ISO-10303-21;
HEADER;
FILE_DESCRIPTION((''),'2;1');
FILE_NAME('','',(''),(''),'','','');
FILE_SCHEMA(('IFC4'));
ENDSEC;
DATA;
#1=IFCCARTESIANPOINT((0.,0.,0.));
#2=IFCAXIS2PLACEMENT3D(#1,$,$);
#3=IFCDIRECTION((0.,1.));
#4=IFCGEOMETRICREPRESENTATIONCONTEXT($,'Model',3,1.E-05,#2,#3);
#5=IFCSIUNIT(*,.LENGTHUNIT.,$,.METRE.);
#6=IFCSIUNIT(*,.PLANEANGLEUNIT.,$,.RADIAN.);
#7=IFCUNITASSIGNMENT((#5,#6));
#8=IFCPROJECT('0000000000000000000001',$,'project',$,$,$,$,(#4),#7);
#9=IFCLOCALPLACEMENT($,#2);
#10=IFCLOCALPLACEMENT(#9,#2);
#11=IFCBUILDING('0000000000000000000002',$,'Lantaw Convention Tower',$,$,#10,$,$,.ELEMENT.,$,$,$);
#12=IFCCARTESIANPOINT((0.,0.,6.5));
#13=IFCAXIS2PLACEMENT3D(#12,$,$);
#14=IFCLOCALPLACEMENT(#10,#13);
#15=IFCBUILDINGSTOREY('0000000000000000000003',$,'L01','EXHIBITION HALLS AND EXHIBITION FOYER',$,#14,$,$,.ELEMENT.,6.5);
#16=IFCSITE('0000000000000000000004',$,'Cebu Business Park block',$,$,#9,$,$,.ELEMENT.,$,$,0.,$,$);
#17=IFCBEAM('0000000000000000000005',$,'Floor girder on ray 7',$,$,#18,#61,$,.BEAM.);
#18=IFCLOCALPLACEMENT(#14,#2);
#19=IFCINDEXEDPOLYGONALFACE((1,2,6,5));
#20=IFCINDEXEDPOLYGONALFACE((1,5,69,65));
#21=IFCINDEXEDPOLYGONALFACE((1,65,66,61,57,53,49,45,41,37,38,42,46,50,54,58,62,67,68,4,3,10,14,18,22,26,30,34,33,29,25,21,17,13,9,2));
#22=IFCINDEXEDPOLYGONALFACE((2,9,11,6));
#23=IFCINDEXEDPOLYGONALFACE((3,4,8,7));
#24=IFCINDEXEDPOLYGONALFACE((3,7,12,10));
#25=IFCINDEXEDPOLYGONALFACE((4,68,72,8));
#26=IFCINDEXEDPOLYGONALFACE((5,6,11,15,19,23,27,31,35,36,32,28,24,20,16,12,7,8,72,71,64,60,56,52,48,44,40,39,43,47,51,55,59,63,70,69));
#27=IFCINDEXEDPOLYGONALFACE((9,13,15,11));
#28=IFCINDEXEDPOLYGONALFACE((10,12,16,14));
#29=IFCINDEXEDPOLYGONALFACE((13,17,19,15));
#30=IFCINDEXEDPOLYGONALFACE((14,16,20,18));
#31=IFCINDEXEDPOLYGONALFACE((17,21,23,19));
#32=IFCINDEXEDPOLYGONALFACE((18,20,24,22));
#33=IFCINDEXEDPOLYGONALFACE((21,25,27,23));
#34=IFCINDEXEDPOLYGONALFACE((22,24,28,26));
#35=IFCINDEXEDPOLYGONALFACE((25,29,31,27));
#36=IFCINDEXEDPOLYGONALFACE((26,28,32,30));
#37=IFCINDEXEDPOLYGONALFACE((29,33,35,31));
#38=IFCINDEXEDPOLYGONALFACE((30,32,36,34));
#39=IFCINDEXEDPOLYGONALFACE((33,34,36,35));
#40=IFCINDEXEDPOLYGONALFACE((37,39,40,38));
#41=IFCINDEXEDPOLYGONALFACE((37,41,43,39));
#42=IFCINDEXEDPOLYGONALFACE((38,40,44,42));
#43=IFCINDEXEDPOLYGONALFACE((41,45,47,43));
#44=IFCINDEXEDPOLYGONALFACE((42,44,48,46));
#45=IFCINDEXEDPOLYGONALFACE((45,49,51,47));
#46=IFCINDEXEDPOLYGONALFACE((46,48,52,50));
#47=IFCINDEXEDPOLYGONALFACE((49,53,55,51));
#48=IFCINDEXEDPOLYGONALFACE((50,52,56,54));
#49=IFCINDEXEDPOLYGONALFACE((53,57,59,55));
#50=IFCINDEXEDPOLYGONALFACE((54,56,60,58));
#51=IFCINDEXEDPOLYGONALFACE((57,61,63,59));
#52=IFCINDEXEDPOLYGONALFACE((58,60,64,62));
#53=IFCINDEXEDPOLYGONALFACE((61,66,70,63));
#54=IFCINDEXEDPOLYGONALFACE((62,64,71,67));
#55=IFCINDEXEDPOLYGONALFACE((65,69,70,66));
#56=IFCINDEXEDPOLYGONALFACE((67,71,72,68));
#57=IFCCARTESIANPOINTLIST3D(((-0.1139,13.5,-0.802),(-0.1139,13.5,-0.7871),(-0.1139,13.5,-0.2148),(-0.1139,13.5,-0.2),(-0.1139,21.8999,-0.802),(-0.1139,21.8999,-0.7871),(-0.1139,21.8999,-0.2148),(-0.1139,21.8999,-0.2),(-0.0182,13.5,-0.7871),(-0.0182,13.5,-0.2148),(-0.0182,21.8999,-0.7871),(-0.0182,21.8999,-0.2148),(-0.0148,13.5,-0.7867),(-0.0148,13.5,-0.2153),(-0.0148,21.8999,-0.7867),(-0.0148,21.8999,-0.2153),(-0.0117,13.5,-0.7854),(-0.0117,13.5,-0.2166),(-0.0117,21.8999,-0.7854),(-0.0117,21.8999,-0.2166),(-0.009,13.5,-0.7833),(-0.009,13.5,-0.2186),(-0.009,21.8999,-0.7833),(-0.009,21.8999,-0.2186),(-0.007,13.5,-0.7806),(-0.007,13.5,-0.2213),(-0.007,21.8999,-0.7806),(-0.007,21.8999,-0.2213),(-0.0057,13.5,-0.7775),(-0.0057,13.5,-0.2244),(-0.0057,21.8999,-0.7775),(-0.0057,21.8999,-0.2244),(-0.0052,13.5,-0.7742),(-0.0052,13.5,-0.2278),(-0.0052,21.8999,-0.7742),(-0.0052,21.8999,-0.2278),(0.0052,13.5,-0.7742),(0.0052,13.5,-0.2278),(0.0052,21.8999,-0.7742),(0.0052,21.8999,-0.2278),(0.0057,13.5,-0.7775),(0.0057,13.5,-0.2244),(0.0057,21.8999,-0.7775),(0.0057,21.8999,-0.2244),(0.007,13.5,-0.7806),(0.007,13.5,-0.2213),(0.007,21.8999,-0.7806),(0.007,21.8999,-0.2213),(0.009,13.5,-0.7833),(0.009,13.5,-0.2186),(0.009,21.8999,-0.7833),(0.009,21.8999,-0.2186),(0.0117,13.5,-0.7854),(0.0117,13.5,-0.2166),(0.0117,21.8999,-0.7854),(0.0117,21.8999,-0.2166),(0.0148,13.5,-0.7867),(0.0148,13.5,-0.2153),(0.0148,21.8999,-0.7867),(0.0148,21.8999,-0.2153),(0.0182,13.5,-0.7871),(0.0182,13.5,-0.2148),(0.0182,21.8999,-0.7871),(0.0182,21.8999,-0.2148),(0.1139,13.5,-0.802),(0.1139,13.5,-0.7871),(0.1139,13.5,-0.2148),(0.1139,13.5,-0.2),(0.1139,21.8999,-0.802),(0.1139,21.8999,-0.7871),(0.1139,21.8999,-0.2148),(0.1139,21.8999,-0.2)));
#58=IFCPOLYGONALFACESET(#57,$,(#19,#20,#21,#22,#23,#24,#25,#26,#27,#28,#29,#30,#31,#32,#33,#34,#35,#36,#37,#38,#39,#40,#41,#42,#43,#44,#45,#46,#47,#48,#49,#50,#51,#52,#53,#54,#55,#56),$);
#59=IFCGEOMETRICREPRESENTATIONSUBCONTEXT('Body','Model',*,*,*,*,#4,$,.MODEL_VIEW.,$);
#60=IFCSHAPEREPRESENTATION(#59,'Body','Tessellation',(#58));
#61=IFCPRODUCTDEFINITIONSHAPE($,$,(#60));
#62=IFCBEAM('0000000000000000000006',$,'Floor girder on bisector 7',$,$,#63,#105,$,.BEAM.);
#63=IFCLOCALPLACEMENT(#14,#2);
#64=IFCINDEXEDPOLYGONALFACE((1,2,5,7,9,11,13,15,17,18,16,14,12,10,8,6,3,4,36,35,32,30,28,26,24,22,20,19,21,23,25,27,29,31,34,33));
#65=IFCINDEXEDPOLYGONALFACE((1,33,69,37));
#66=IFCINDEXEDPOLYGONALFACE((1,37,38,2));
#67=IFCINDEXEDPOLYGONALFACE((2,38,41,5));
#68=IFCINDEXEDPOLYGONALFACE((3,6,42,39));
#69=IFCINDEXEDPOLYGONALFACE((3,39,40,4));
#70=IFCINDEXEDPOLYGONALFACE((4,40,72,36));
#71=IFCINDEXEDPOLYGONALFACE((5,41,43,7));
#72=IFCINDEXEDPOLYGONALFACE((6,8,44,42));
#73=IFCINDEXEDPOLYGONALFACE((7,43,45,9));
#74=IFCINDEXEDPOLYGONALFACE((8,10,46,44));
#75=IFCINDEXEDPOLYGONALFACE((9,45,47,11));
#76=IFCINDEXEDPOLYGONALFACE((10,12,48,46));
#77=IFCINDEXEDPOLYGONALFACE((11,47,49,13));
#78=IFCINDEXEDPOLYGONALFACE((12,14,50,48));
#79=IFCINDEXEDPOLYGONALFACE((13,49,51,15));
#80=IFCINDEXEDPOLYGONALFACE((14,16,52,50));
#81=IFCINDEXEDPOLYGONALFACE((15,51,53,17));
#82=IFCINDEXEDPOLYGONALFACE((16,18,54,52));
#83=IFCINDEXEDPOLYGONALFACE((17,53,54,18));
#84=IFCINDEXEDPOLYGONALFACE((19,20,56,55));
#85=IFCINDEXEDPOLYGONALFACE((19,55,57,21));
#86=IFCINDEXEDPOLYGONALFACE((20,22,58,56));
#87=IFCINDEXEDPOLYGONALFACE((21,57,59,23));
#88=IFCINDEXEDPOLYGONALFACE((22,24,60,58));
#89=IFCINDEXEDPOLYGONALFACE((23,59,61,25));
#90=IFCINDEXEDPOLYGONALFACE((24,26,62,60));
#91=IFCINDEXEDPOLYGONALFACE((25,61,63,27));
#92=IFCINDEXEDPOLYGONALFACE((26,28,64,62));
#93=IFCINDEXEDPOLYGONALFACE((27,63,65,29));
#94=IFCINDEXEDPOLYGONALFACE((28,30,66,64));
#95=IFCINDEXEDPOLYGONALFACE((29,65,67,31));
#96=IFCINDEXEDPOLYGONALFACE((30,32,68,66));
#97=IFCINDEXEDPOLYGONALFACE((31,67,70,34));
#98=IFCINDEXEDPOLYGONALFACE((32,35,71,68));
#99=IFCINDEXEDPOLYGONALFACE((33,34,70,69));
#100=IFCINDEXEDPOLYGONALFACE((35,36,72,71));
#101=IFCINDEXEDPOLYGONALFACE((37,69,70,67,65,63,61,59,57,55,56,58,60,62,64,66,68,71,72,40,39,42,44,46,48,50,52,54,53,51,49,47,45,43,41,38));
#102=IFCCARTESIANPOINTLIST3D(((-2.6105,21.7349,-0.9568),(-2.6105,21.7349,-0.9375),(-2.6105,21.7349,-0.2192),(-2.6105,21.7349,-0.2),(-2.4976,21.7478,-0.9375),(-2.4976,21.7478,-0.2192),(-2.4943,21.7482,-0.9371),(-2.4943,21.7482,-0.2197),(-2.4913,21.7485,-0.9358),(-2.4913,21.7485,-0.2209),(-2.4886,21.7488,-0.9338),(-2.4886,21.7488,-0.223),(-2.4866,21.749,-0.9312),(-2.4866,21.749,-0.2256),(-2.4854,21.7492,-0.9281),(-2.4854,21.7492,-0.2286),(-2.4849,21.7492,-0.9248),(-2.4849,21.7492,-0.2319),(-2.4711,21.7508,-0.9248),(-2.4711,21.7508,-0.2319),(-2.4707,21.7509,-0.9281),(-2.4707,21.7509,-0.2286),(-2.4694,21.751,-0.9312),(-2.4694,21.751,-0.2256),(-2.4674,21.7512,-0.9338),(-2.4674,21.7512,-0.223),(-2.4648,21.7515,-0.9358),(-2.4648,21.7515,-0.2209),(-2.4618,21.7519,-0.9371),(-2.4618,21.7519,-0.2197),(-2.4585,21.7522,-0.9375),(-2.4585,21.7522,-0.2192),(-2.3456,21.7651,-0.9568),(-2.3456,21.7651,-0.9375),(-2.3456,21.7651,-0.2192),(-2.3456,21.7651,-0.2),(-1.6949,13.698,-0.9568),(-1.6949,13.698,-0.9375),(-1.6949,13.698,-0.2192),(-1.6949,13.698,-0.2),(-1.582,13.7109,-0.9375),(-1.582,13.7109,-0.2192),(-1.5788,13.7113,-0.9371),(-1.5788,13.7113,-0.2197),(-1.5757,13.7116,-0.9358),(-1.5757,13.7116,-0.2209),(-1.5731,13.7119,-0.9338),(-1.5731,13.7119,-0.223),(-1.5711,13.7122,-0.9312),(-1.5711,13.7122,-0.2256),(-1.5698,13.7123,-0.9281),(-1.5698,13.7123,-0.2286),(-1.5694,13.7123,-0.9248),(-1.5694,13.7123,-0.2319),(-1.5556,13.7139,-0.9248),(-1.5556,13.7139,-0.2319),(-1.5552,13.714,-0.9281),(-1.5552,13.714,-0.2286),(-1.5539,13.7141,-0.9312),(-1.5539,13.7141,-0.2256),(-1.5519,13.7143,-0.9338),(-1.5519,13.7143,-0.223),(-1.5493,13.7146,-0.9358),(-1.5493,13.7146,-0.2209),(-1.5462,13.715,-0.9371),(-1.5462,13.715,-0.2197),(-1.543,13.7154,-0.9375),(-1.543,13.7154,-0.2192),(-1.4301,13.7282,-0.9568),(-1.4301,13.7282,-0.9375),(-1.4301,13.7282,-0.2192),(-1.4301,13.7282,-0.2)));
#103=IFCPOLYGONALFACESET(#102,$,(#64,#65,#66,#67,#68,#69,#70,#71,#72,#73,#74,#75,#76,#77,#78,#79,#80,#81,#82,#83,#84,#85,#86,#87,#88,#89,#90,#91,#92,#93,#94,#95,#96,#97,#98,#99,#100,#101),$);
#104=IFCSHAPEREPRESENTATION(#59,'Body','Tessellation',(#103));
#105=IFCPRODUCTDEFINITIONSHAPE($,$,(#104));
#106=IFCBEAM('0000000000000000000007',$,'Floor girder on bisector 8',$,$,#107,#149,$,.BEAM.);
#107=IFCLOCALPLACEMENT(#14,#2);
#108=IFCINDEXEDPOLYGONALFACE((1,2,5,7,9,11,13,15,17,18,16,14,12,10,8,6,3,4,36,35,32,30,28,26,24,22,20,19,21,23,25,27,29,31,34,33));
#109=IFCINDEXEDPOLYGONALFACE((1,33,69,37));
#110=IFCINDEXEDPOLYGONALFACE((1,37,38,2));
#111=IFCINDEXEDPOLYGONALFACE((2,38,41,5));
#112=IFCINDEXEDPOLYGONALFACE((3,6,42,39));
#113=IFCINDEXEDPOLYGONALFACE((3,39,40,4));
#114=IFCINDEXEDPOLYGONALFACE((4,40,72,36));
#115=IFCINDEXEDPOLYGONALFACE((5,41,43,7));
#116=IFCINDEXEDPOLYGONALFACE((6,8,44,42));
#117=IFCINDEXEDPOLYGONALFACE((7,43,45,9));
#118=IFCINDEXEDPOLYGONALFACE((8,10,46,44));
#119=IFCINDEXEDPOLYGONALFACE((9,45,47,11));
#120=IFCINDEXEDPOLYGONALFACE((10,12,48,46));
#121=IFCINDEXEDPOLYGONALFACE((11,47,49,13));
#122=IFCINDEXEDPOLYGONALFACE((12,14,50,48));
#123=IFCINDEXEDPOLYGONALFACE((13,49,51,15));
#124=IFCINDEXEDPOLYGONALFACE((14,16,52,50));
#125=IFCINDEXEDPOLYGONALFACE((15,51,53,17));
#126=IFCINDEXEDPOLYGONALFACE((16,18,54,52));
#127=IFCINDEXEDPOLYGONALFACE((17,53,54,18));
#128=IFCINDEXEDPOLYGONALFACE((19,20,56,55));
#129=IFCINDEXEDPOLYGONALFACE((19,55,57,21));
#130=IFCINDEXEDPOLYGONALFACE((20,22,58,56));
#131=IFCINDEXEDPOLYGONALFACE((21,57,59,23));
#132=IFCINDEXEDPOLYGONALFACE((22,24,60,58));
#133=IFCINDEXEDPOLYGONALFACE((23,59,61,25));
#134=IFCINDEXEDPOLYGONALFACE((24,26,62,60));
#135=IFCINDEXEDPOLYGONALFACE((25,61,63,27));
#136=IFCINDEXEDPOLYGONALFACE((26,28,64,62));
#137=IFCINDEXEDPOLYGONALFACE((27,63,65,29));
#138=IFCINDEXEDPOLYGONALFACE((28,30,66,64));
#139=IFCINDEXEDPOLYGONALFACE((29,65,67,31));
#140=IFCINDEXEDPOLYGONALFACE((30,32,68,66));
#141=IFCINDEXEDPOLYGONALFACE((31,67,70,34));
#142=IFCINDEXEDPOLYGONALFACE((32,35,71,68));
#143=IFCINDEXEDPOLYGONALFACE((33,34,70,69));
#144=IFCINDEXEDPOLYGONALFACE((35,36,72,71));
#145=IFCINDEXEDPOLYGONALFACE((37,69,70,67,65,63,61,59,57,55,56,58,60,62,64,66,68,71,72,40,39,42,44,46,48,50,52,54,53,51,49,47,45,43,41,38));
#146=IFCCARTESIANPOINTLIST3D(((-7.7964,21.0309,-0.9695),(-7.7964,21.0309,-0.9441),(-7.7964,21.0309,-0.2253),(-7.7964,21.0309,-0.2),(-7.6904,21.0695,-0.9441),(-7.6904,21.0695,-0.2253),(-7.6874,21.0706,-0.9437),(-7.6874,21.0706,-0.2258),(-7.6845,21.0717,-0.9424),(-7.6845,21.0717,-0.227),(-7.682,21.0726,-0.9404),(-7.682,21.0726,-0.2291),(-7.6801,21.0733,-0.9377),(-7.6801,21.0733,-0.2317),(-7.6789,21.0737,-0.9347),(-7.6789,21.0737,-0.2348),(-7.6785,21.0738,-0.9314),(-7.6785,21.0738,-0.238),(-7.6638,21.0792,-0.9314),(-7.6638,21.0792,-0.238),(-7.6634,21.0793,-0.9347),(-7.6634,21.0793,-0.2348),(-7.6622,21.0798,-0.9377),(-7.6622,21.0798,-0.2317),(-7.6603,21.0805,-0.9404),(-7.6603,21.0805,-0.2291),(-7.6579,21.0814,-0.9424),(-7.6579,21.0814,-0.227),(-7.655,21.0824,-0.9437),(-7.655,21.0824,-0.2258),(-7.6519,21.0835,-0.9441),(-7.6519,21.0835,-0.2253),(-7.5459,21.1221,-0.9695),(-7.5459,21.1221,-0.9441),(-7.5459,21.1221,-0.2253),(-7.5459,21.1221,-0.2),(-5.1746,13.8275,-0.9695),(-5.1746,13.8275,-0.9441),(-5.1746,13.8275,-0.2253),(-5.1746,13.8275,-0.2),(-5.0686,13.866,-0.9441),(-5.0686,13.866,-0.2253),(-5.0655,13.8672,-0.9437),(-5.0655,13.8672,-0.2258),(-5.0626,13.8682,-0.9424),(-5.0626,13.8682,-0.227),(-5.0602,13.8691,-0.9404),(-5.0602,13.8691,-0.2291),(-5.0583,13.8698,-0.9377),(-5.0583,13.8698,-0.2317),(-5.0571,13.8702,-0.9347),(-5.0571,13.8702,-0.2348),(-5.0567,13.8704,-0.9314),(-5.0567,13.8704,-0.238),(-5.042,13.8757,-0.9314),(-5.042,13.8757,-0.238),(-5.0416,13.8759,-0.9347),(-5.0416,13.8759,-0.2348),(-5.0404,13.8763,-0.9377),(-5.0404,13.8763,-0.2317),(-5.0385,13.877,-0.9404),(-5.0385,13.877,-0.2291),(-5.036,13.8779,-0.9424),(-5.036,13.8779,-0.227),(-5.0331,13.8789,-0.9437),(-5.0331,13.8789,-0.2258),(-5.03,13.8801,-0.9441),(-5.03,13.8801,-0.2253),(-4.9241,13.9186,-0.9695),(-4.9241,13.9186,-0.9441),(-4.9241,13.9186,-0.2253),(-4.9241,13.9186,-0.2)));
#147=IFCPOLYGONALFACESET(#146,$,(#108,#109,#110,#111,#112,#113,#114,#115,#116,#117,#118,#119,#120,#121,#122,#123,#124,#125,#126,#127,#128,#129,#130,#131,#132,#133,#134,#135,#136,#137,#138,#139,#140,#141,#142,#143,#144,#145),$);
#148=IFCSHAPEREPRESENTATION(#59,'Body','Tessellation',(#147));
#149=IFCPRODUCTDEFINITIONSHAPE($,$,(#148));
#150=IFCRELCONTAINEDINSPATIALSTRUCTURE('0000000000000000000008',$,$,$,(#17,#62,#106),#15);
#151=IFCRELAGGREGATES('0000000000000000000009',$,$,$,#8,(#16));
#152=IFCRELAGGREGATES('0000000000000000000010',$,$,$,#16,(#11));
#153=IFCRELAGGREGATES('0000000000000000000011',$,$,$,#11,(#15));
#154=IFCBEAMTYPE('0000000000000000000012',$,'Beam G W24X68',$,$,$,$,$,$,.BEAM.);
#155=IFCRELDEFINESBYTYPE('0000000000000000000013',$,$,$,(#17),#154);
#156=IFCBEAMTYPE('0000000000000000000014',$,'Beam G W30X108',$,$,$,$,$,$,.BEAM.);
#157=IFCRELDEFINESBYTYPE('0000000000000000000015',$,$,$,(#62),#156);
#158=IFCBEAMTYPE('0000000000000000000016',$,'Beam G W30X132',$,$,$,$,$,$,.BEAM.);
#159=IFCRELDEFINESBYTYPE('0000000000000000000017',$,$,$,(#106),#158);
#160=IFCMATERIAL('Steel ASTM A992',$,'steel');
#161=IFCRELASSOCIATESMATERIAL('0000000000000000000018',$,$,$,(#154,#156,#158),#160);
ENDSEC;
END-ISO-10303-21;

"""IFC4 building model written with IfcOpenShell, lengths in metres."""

from ifc_helpers import new_model, si_unit, direction, frame, origin, origin_2d, place, context, subcontext, project, spatial, i_section, extrude, material, material_profile, profile_set, type_object, element, save


model = new_model("IFC4")

# Units and contexts
model_context = context("Model", 3, precision=1e-05, world=origin(), true_north=direction((0.0, 1.0)))
body_context = subcontext(model_context, "Body", "Model", "MODEL_VIEW")
ifc_project = project(units=[si_unit("LENGTHUNIT", "METRE"), si_unit("PLANEANGLEUNIT", "RADIAN")], contexts=[model_context])

# Site, building, storey
site_placement = place(None, origin())
site = spatial("IfcSite", under=ifc_project, at=site_placement, Name="Cebu Business Park block", CompositionType="ELEMENT", RefElevation=0.0)
building_placement = place(site_placement, origin())
building = spatial("IfcBuilding", under=site, at=building_placement, Name="Lantaw Convention Tower", CompositionType="ELEMENT")
storey_placement = place(building_placement, frame((0.0, 0.0, 6.5)))
storey = spatial("IfcBuildingStorey", under=building, at=storey_placement, Name="L01", Description="EXHIBITION HALLS AND EXHIBITION FOYER", CompositionType="ELEMENT", Elevation=6.5)

# Beams
ifc_material_1 = material(Name="Steel ASTM A992", Category="steel")
ifc_material_profile_1 = material_profile(ifc_material_1, i_section(OverallWidth=0.2278, OverallDepth=0.6021, WebThickness=0.0105, FlangeThickness=0.0149, FilletRadius=0.0129, at=origin_2d()), Name="W24X68")
ifc_profile_set_1 = profile_set([ifc_material_profile_1], Name="Steel ASTM A992")
beam_type_1 = type_object("IfcBeamType", Name="Beam G W24X68", PredefinedType="BEAM", material=ifc_profile_set_1)
beam_1_placement = place(storey_placement, frame((0.0, 13.5, -0.501), z_axis=(0.0, 1.0, 0.0), x_axis=(-1.0, 0.0, 0.0)))
element("IfcBeam", 1, at=beam_1_placement, inside=storey, type_object=beam_type_1, Name="Floor girder on ray 7", PredefinedType="BEAM", context=body_context, shape_type="SweptSolid", body=[
    extrude(i_section(OverallWidth=0.2278, OverallDepth=0.6021, WebThickness=0.0105, FlangeThickness=0.0149, FilletRadius=0.0129, at=origin_2d()), origin(), (0.0, 0.0, 1.0), 8.3999),
])
ifc_material_profile_2 = material_profile(ifc_material_1, i_section(OverallWidth=0.2666, OverallDepth=0.7568, WebThickness=0.0139, FlangeThickness=0.0193, FilletRadius=0.0127, at=origin_2d()), Name="W30X108")
ifc_profile_set_2 = profile_set([ifc_material_profile_2], Name="Steel ASTM A992")
beam_type_2 = type_object("IfcBeamType", Name="Beam G W30X108", PredefinedType="BEAM", material=ifc_profile_set_2)
beam_2_placement = place(storey_placement, frame((-1.5625, 13.7131, -0.5784), z_axis=(-0.113184, 0.993574, 0.0), x_axis=(-0.993574, -0.113184, 0.0)))
element("IfcBeam", 2, at=beam_2_placement, inside=storey, type_object=beam_type_2, Name="Floor girder on bisector 7", PredefinedType="BEAM", context=body_context, shape_type="SweptSolid", body=[
    extrude(i_section(OverallWidth=0.2666, OverallDepth=0.7568, WebThickness=0.0139, FlangeThickness=0.0193, FilletRadius=0.0127, at=origin_2d()), origin(), (0.0, 0.0, 1.0), 8.0889),
])
ifc_material_profile_3 = material_profile(ifc_material_1, i_section(OverallWidth=0.2666, OverallDepth=0.7695, WebThickness=0.0156, FlangeThickness=0.0254, FilletRadius=0.0127, at=origin_2d()), Name="W30X132")
ifc_profile_set_3 = profile_set([ifc_material_profile_3], Name="Steel ASTM A992")
beam_type_3 = type_object("IfcBeamType", Name="Beam G W30X132", PredefinedType="BEAM", material=ifc_profile_set_3)
beam_3_placement = place(storey_placement, frame((-5.0493, 13.873, -0.5847), z_axis=(-0.342022, 0.939692, 0.0), x_axis=(-0.939692, -0.342022, 0.0)))
element("IfcBeam", 3, at=beam_3_placement, inside=storey, type_object=beam_type_3, Name="Floor girder on bisector 8", PredefinedType="BEAM", context=body_context, shape_type="SweptSolid", body=[
    extrude(i_section(OverallWidth=0.2666, OverallDepth=0.7695, WebThickness=0.0156, FlangeThickness=0.0254, FilletRadius=0.0127, at=origin_2d()), origin(), (0.0, 0.0, 1.0), 7.6658),
])

save(model, "model.ifc")
